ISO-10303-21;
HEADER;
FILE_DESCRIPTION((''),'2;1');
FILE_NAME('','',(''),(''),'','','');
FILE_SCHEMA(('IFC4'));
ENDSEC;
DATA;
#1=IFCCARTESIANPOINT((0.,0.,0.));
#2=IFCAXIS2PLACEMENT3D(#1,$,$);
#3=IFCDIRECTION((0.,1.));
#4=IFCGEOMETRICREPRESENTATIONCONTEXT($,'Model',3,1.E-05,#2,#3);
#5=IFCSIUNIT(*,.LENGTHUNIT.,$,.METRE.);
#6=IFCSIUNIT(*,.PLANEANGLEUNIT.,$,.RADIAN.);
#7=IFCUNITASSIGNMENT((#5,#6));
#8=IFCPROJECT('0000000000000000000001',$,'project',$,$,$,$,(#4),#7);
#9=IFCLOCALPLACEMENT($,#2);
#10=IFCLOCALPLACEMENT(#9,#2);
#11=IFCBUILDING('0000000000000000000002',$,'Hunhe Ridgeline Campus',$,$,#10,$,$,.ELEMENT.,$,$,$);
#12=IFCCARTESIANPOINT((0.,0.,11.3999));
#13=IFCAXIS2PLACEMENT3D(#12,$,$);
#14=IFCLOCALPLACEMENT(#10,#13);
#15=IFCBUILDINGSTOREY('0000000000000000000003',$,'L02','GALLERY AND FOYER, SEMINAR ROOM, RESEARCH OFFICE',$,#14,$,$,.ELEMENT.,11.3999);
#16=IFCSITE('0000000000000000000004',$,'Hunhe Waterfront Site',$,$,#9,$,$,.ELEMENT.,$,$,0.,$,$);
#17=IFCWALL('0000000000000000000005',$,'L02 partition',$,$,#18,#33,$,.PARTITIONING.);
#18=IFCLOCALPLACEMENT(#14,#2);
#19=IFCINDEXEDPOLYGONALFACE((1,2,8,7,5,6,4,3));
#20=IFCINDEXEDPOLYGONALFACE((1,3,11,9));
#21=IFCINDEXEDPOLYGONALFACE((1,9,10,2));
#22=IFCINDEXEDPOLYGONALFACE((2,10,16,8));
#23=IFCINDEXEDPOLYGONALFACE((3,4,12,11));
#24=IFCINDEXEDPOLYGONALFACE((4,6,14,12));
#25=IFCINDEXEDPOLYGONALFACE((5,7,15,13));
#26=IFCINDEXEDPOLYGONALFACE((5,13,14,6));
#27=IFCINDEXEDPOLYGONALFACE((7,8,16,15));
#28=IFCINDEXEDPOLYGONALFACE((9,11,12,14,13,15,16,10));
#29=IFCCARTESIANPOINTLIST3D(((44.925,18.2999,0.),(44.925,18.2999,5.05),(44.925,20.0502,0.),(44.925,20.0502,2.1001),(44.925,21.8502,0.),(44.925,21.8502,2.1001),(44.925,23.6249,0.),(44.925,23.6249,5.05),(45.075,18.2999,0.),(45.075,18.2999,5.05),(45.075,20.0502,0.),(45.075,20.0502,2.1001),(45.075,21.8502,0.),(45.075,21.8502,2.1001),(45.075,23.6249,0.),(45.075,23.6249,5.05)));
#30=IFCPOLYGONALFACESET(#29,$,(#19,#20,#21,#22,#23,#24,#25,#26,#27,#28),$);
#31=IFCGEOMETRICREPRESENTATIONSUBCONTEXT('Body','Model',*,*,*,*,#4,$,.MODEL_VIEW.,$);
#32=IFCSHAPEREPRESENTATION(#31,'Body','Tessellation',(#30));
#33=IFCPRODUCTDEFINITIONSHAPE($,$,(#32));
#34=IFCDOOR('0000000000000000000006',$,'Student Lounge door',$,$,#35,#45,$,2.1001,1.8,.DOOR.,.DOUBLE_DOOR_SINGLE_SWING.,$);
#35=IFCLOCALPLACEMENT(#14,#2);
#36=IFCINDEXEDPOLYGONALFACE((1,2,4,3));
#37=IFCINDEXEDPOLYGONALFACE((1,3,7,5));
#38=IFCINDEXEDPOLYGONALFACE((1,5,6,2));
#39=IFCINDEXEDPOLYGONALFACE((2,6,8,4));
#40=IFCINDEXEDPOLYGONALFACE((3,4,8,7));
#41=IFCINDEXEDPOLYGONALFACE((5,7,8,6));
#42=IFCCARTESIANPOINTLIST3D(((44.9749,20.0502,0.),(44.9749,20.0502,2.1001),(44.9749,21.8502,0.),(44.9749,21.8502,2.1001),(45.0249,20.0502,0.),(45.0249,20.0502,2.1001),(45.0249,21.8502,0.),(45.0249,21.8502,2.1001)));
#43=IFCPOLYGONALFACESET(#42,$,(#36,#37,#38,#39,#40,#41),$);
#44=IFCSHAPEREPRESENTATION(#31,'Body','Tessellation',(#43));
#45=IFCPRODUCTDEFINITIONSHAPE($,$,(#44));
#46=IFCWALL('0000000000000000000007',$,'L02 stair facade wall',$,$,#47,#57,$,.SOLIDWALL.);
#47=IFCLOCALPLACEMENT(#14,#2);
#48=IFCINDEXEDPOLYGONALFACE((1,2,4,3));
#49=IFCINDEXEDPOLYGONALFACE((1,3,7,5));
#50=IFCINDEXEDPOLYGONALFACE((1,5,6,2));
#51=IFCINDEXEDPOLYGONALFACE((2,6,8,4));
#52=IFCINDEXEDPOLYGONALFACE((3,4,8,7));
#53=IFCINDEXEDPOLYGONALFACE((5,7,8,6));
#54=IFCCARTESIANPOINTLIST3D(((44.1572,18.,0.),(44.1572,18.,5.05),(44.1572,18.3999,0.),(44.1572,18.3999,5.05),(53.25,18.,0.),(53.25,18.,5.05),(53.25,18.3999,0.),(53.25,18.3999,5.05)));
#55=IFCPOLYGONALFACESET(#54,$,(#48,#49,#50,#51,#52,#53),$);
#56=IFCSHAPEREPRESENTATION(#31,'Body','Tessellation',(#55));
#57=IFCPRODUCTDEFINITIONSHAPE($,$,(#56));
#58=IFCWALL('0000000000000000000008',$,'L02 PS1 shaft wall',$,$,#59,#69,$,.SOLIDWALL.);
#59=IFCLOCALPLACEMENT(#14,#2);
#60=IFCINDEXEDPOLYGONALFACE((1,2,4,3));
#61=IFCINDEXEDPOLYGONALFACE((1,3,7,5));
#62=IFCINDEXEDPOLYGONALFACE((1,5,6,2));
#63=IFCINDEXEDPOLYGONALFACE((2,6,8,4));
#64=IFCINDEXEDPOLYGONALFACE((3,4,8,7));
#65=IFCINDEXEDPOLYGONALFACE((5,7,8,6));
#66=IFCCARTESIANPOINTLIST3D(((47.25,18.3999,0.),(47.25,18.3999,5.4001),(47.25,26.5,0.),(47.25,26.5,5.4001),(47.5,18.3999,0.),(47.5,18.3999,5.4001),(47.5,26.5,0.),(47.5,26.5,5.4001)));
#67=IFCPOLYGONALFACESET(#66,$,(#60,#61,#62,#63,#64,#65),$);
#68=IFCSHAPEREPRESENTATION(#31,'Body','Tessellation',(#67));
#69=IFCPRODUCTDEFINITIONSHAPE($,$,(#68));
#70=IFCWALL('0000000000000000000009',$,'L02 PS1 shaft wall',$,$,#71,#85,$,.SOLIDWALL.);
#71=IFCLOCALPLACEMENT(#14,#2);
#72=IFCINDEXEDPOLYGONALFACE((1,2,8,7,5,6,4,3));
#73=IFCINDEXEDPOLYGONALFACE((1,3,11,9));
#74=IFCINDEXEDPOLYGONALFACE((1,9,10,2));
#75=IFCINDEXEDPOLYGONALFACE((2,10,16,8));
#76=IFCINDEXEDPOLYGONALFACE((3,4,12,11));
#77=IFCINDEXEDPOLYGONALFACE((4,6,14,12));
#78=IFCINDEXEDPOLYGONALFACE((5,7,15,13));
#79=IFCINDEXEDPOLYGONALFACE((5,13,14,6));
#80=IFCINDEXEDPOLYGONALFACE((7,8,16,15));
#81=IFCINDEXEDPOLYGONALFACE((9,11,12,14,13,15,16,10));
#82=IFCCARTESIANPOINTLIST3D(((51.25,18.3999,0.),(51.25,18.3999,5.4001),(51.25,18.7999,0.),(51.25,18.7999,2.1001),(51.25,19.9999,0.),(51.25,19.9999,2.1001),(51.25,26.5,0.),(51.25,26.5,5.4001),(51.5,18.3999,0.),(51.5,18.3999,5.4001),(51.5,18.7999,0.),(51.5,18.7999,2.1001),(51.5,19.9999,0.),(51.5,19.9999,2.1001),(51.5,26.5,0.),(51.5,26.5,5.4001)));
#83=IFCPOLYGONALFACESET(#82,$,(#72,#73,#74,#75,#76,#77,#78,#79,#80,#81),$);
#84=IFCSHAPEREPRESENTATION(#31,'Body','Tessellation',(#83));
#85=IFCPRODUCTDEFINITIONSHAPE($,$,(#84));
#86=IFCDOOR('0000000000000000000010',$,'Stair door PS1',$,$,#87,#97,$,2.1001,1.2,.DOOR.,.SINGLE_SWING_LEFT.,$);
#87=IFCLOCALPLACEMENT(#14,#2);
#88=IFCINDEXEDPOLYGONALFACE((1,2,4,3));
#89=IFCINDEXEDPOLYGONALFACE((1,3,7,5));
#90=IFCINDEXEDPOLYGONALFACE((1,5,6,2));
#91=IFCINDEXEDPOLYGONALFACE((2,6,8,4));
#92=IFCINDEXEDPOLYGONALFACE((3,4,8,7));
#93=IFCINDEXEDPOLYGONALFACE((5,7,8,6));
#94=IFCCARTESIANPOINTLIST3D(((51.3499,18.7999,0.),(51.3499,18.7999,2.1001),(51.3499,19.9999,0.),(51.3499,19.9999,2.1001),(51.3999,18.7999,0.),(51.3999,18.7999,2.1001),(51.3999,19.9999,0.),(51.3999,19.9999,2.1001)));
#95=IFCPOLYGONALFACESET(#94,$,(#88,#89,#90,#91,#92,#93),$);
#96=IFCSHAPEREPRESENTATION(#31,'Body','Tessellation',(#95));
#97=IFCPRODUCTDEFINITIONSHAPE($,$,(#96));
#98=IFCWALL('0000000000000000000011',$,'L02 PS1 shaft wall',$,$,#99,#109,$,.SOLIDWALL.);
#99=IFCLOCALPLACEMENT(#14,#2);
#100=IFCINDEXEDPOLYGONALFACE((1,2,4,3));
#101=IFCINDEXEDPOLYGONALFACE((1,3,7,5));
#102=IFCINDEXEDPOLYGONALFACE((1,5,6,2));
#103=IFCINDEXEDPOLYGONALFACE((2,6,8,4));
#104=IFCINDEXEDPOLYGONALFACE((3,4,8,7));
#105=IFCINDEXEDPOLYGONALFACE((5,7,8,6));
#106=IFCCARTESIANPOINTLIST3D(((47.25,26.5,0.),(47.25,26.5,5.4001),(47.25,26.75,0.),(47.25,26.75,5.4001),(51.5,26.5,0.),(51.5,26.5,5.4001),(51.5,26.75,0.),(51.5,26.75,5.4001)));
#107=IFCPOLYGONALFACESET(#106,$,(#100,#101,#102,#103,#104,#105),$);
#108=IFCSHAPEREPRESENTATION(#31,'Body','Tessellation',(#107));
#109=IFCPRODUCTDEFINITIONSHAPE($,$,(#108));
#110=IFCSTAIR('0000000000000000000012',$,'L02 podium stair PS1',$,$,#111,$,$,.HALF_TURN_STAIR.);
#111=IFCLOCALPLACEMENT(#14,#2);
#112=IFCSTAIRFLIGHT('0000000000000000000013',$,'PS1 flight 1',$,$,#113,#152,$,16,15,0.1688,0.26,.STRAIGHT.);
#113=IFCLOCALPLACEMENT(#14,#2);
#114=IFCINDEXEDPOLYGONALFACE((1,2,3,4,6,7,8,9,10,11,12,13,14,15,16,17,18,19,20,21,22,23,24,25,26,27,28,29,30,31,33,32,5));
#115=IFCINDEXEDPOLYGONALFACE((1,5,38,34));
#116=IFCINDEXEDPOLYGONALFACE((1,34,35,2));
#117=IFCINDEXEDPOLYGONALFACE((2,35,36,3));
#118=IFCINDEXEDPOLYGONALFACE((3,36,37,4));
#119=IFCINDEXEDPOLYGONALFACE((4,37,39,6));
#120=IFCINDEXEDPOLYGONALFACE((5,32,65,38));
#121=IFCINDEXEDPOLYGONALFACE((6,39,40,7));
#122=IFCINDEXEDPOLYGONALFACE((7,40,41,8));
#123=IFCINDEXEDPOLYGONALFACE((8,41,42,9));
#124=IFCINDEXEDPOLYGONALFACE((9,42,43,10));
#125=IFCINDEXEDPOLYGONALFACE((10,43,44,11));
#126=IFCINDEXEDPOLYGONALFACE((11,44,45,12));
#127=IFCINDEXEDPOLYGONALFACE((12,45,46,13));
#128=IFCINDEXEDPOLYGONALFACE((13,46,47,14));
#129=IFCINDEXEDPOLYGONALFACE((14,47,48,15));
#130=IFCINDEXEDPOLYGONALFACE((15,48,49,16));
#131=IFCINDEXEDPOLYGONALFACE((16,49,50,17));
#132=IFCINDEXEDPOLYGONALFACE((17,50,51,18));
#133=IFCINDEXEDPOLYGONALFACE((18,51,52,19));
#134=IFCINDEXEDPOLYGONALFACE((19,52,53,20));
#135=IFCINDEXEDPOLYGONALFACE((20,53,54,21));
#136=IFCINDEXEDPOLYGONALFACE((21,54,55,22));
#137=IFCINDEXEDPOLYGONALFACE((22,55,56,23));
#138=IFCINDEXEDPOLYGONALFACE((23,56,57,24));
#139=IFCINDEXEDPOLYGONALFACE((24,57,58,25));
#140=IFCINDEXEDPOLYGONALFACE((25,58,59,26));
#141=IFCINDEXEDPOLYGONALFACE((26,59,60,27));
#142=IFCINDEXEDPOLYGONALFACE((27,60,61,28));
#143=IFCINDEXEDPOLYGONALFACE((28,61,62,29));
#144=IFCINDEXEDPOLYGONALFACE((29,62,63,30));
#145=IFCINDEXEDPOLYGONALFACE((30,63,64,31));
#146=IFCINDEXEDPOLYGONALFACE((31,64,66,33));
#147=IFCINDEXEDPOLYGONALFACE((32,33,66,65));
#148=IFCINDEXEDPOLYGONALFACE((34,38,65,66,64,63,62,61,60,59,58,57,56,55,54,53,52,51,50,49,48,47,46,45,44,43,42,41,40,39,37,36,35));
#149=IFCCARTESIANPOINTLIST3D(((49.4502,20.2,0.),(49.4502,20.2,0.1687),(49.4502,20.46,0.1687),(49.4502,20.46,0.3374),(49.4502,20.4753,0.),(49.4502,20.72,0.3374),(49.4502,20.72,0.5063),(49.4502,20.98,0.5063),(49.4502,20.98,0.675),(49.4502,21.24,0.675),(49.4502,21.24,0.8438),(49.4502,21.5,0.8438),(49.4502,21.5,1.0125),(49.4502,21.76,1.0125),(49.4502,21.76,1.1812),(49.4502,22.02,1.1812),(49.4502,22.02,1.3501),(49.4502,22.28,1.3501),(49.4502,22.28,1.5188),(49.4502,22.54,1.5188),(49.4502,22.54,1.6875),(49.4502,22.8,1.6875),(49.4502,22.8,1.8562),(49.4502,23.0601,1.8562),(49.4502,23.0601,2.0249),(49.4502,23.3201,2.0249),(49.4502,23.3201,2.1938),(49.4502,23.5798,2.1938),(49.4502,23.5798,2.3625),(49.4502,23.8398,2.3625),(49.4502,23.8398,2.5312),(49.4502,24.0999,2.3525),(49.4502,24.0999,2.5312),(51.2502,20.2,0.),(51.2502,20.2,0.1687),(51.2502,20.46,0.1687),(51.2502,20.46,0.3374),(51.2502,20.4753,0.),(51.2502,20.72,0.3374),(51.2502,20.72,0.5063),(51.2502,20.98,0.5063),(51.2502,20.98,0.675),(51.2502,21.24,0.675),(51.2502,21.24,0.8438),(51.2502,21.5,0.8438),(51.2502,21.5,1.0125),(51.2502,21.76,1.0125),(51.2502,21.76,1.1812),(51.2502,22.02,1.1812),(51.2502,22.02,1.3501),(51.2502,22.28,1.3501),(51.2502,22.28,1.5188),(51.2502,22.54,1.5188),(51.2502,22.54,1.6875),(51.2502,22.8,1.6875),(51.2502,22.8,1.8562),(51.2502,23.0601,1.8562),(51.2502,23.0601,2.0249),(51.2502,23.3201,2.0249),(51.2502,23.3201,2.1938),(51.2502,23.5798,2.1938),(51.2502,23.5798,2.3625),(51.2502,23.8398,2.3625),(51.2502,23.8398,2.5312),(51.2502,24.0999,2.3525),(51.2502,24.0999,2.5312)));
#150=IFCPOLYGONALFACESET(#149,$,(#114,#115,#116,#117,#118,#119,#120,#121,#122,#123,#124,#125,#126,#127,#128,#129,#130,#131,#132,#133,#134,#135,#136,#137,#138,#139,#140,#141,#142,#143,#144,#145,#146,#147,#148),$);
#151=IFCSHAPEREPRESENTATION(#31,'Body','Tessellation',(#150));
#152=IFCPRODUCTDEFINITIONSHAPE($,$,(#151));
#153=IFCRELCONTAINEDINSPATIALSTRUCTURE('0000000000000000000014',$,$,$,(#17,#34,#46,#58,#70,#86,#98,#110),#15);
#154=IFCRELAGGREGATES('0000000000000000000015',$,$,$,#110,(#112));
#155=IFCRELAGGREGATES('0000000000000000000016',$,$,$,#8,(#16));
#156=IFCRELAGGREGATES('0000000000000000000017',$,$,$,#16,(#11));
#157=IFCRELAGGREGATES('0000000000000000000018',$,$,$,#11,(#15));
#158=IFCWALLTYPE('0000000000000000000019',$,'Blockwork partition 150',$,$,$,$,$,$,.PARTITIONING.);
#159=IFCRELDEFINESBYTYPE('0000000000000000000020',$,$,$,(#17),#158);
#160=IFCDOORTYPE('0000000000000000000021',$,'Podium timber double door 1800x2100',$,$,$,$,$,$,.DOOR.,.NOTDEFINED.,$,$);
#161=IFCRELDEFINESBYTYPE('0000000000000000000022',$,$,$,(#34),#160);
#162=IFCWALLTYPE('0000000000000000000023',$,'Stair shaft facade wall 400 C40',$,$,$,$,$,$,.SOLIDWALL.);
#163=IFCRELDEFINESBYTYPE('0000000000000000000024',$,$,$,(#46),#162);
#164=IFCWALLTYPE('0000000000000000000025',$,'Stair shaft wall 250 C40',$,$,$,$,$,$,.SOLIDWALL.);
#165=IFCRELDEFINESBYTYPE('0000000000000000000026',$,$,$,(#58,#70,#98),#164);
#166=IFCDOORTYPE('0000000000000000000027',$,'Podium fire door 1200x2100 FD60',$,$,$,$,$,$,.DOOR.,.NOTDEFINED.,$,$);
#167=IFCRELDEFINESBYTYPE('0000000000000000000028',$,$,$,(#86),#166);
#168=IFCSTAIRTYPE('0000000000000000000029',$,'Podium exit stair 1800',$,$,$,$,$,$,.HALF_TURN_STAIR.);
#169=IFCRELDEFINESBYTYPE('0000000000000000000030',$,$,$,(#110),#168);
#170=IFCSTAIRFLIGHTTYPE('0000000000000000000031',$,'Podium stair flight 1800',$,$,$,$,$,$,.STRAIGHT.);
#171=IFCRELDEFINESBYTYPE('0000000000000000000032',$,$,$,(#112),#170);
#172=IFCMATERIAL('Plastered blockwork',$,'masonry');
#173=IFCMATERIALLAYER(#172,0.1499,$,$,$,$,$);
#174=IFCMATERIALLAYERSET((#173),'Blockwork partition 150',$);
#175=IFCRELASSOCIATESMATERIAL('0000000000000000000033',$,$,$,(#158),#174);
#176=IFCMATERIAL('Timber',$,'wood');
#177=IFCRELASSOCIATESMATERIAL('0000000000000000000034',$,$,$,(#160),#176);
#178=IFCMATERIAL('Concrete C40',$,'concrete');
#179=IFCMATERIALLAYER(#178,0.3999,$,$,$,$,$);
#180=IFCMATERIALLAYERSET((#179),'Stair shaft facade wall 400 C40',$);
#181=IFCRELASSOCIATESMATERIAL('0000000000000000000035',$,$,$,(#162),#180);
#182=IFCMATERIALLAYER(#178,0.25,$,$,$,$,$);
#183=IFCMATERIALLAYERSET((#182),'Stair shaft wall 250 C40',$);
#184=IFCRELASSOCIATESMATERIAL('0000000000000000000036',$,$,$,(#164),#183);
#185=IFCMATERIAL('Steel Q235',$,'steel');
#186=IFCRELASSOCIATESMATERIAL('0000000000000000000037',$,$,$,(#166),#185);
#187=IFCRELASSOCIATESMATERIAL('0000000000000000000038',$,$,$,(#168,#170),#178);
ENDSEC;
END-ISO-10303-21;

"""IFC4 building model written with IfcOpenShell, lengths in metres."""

from ifc_helpers import new_model, si_unit, direction, frame, frame_2d, origin, place, context, subcontext, project, spatial, polyline, rectangle, outline, extrude, material, layer, layer_set, type_object, element, fill, aggregate, save


model = new_model("IFC4")

# Units and contexts
model_context = context("Model", 3, precision=1e-05, world=origin(), true_north=direction((0.0, 1.0)))
body_context = subcontext(model_context, "Body", "Model", "MODEL_VIEW")
ifc_project = project(units=[si_unit("LENGTHUNIT", "METRE"), si_unit("PLANEANGLEUNIT", "RADIAN")], contexts=[model_context])

# Site, building, storey
site_placement = place(None, origin())
site = spatial("IfcSite", under=ifc_project, at=site_placement, Name="Hunhe Waterfront Site", CompositionType="ELEMENT", RefElevation=0.0)
building_placement = place(site_placement, origin())
building = spatial("IfcBuilding", under=site, at=building_placement, Name="Hunhe Ridgeline Campus", CompositionType="ELEMENT")
storey_placement = place(building_placement, frame((0.0, 0.0, 11.3999)))
storey = spatial("IfcBuildingStorey", under=building, at=storey_placement, Name="L02", Description="GALLERY AND FOYER, SEMINAR ROOM, RESEARCH OFFICE", CompositionType="ELEMENT", Elevation=11.3999)

# Wall, opening, door
ifc_material_1 = material(Name="Plastered blockwork", Category="masonry")
ifc_layer_1 = layer(ifc_material_1, 0.1499)
ifc_layer_set_1 = layer_set([ifc_layer_1], Name="Blockwork partition 150")
wall_type_1 = type_object("IfcWallType", Name="Blockwork partition 150", PredefinedType="PARTITIONING", material=ifc_layer_set_1)
wall_1_placement = place(storey_placement, frame((45.0, 23.625, 0.0), z_axis=(0.0, 0.0, 1.0), x_axis=(0.0, -1.0, 0.0)))
wall_1 = element("IfcWall", 1, at=wall_1_placement, inside=storey, type_object=wall_type_1, Name="L02 partition", PredefinedType="PARTITIONING", context=body_context, shape_type="SweptSolid", body=[
    extrude(rectangle(XDim=5.325, YDim=0.1499, at=frame_2d((2.6626, 0.0))), origin(), (0.0, 0.0, 1.0), 5.05),
])
opening_1_placement = place(wall_1_placement, frame((1.7749, 0.0, 0.0)))
opening_1 = element("IfcOpeningElement", 2, at=opening_1_placement, cuts=wall_1, PredefinedType="OPENING", context=body_context, shape_type="SweptSolid", body=[
    extrude(rectangle(XDim=1.8, YDim=2.1001, at=frame_2d((0.8999, 1.05))), frame((0.0, 0.075, 0.0), z_axis=(0.0, -1.0, 0.0), x_axis=(1.0, 0.0, 0.0)), (0.0, 0.0, 1.0), 0.1499),
])
ifc_material_2 = material(Name="Timber", Category="wood")
door_type_1 = type_object("IfcDoorType", Name="Podium timber double door 1800x2100", OperationType="NOTDEFINED", PredefinedType="DOOR", material=ifc_material_2)
door_1_placement = place(opening_1_placement, origin())
door_1 = element("IfcDoor", 3, at=door_1_placement, inside=storey, type_object=door_type_1, Name="Student Lounge door", OperationType="DOUBLE_DOOR_SINGLE_SWING", OverallHeight=2.1001, OverallWidth=1.8, PredefinedType="DOOR", context=body_context, shape_type="SweptSolid", body=[
    extrude(rectangle(XDim=1.8, YDim=2.1001, at=frame_2d((0.8999, 1.05))), frame((0.0, 0.0249, 0.0), z_axis=(0.0, -1.0, 0.0), x_axis=(1.0, 0.0, 0.0)), (0.0, 0.0, 1.0), 0.05),
])
fill(opening_1, door_1)

# Walls
ifc_material_3 = material(Name="Concrete C40", Category="concrete")
ifc_layer_2 = layer(ifc_material_3, 0.3999)
ifc_layer_set_2 = layer_set([ifc_layer_2], Name="Stair shaft facade wall 400 C40")
wall_type_2 = type_object("IfcWallType", Name="Stair shaft facade wall 400 C40", PredefinedType="SOLIDWALL", material=ifc_layer_set_2)
wall_2_placement = place(storey_placement, frame((53.25, 18.2, 0.0), z_axis=(0.0, 0.0, 1.0), x_axis=(-1.0, 0.0, 0.0)))
element("IfcWall", 4, at=wall_2_placement, inside=storey, type_object=wall_type_2, Name="L02 stair facade wall", PredefinedType="SOLIDWALL", context=body_context, shape_type="SweptSolid", body=[
    extrude(rectangle(XDim=9.0928, YDim=0.3999, at=frame_2d((4.5464, 0.0))), origin(), (0.0, 0.0, 1.0), 5.05),
])
ifc_layer_3 = layer(ifc_material_3, 0.25)
ifc_layer_set_3 = layer_set([ifc_layer_3], Name="Stair shaft wall 250 C40")
wall_type_3 = type_object("IfcWallType", Name="Stair shaft wall 250 C40", PredefinedType="SOLIDWALL", material=ifc_layer_set_3)
wall_3_placement = place(storey_placement, frame((47.375, 18.3999, 0.0), z_axis=(0.0, 0.0, 1.0), x_axis=(0.0, 1.0, 0.0)))
element("IfcWall", 5, at=wall_3_placement, inside=storey, type_object=wall_type_3, Name="L02 PS1 shaft wall", PredefinedType="SOLIDWALL", context=body_context, shape_type="SweptSolid", body=[
    extrude(rectangle(XDim=8.1001, YDim=0.25, at=frame_2d((4.05, 0.0))), origin(), (0.0, 0.0, 1.0), 5.4001),
])

# Wall, opening, door
wall_4_placement = place(storey_placement, frame((51.375, 26.5, 0.0), z_axis=(0.0, 0.0, 1.0), x_axis=(0.0, -1.0, 0.0)))
wall_4 = element("IfcWall", 6, at=wall_4_placement, inside=storey, type_object=wall_type_3, Name="L02 PS1 shaft wall", PredefinedType="SOLIDWALL", context=body_context, shape_type="SweptSolid", body=[
    extrude(rectangle(XDim=8.1001, YDim=0.25, at=frame_2d((4.05, 0.0))), origin(), (0.0, 0.0, 1.0), 5.4001),
])
opening_2_placement = place(wall_4_placement, frame((6.5, 0.0, 0.0)))
opening_2 = element("IfcOpeningElement", 7, at=opening_2_placement, cuts=wall_4, PredefinedType="OPENING", context=body_context, shape_type="SweptSolid", body=[
    extrude(rectangle(XDim=1.2, YDim=2.1001, at=frame_2d((0.6001, 1.05))), frame((0.0, 0.125, 0.0), z_axis=(0.0, -1.0, 0.0), x_axis=(1.0, 0.0, 0.0)), (0.0, 0.0, 1.0), 0.25),
])
ifc_material_4 = material(Name="Steel Q235", Category="steel")
door_type_2 = type_object("IfcDoorType", Name="Podium fire door 1200x2100 FD60", OperationType="NOTDEFINED", PredefinedType="DOOR", material=ifc_material_4)
door_2_placement = place(opening_2_placement, origin())
door_2 = element("IfcDoor", 8, at=door_2_placement, inside=storey, type_object=door_type_2, Name="Stair door PS1", OperationType="SINGLE_SWING_LEFT", OverallHeight=2.1001, OverallWidth=1.2, PredefinedType="DOOR", context=body_context, shape_type="SweptSolid", body=[
    extrude(rectangle(XDim=1.2, YDim=2.1001, at=frame_2d((0.6001, 1.05))), frame((0.0, 0.0249, 0.0), z_axis=(0.0, -1.0, 0.0), x_axis=(1.0, 0.0, 0.0)), (0.0, 0.0, 1.0), 0.05),
])
fill(opening_2, door_2)

# Wall
wall_5_placement = place(storey_placement, frame((47.25, 26.625, 0.0), z_axis=(0.0, 0.0, 1.0), x_axis=(1.0, 0.0, 0.0)))
element("IfcWall", 9, at=wall_5_placement, inside=storey, type_object=wall_type_3, Name="L02 PS1 shaft wall", PredefinedType="SOLIDWALL", context=body_context, shape_type="SweptSolid", body=[
    extrude(rectangle(XDim=4.25, YDim=0.25, at=frame_2d((2.125, 0.0))), origin(), (0.0, 0.0, 1.0), 5.4001),
])

# Stair, stair flight
stair_type = type_object("IfcStairType", Name="Podium exit stair 1800", PredefinedType="HALF_TURN_STAIR", material=ifc_material_3)
stair_placement = place(storey_placement, origin())
stair = element("IfcStair", 10, at=stair_placement, inside=storey, type_object=stair_type, Name="L02 podium stair PS1", PredefinedType="HALF_TURN_STAIR")
stair_flight_type = type_object("IfcStairFlightType", Name="Podium stair flight 1800", PredefinedType="STRAIGHT", material=ifc_material_3)
stair_flight_1_placement = place(storey_placement, frame((50.3501, 20.2, 0.0), z_axis=(0.0, 0.0, 1.0), x_axis=(0.0, 1.0, 0.0)))
stair_flight_1 = element("IfcStairFlight", 11, at=stair_flight_1_placement, type_object=stair_flight_type, Name="PS1 flight 1", NumberOfRisers=16, NumberOfTreads=15, PredefinedType="STRAIGHT", RiserHeight=0.1688, TreadLength=0.26, context=body_context, shape_type="SweptSolid", body=[
    extrude(outline(polyline([(0.0, 0.0), (0.0, 0.1687), (0.26, 0.1687), (0.26, 0.3374), (0.52, 0.3374), (0.52, 0.5063), (0.78, 0.5063), (0.78, 0.675), (1.04, 0.675), (1.04, 0.8438), (1.3, 0.8438), (1.3, 1.0125), (1.5601, 1.0125), (1.5601, 1.1812), (1.8201, 1.1812), (1.8201, 1.3501), (2.0801, 1.3501), (2.0801, 1.5188), (2.3401, 1.5188), (2.3401, 1.6875), (2.6001, 1.6875), (2.6001, 1.8562), (2.8601, 1.8562), (2.8601, 2.0249), (3.1201, 2.0249), (3.1201, 2.1938), (3.3799, 2.1938), (3.3799, 2.3625), (3.6399, 2.3625), (3.6399, 2.5312), (3.8999, 2.5312), (3.8999, 2.7), (3.8999, 2.3525), (0.2754, 0.0), (0.0, 0.0)])), frame((0.0, 0.8999, 0.0), z_axis=(0.0, -1.0, 0.0), x_axis=(1.0, 0.0, 0.0)), (0.0, 0.0, 1.0), 1.8),
])
aggregate(stair, [stair_flight_1])

save(model, "model.ifc")
